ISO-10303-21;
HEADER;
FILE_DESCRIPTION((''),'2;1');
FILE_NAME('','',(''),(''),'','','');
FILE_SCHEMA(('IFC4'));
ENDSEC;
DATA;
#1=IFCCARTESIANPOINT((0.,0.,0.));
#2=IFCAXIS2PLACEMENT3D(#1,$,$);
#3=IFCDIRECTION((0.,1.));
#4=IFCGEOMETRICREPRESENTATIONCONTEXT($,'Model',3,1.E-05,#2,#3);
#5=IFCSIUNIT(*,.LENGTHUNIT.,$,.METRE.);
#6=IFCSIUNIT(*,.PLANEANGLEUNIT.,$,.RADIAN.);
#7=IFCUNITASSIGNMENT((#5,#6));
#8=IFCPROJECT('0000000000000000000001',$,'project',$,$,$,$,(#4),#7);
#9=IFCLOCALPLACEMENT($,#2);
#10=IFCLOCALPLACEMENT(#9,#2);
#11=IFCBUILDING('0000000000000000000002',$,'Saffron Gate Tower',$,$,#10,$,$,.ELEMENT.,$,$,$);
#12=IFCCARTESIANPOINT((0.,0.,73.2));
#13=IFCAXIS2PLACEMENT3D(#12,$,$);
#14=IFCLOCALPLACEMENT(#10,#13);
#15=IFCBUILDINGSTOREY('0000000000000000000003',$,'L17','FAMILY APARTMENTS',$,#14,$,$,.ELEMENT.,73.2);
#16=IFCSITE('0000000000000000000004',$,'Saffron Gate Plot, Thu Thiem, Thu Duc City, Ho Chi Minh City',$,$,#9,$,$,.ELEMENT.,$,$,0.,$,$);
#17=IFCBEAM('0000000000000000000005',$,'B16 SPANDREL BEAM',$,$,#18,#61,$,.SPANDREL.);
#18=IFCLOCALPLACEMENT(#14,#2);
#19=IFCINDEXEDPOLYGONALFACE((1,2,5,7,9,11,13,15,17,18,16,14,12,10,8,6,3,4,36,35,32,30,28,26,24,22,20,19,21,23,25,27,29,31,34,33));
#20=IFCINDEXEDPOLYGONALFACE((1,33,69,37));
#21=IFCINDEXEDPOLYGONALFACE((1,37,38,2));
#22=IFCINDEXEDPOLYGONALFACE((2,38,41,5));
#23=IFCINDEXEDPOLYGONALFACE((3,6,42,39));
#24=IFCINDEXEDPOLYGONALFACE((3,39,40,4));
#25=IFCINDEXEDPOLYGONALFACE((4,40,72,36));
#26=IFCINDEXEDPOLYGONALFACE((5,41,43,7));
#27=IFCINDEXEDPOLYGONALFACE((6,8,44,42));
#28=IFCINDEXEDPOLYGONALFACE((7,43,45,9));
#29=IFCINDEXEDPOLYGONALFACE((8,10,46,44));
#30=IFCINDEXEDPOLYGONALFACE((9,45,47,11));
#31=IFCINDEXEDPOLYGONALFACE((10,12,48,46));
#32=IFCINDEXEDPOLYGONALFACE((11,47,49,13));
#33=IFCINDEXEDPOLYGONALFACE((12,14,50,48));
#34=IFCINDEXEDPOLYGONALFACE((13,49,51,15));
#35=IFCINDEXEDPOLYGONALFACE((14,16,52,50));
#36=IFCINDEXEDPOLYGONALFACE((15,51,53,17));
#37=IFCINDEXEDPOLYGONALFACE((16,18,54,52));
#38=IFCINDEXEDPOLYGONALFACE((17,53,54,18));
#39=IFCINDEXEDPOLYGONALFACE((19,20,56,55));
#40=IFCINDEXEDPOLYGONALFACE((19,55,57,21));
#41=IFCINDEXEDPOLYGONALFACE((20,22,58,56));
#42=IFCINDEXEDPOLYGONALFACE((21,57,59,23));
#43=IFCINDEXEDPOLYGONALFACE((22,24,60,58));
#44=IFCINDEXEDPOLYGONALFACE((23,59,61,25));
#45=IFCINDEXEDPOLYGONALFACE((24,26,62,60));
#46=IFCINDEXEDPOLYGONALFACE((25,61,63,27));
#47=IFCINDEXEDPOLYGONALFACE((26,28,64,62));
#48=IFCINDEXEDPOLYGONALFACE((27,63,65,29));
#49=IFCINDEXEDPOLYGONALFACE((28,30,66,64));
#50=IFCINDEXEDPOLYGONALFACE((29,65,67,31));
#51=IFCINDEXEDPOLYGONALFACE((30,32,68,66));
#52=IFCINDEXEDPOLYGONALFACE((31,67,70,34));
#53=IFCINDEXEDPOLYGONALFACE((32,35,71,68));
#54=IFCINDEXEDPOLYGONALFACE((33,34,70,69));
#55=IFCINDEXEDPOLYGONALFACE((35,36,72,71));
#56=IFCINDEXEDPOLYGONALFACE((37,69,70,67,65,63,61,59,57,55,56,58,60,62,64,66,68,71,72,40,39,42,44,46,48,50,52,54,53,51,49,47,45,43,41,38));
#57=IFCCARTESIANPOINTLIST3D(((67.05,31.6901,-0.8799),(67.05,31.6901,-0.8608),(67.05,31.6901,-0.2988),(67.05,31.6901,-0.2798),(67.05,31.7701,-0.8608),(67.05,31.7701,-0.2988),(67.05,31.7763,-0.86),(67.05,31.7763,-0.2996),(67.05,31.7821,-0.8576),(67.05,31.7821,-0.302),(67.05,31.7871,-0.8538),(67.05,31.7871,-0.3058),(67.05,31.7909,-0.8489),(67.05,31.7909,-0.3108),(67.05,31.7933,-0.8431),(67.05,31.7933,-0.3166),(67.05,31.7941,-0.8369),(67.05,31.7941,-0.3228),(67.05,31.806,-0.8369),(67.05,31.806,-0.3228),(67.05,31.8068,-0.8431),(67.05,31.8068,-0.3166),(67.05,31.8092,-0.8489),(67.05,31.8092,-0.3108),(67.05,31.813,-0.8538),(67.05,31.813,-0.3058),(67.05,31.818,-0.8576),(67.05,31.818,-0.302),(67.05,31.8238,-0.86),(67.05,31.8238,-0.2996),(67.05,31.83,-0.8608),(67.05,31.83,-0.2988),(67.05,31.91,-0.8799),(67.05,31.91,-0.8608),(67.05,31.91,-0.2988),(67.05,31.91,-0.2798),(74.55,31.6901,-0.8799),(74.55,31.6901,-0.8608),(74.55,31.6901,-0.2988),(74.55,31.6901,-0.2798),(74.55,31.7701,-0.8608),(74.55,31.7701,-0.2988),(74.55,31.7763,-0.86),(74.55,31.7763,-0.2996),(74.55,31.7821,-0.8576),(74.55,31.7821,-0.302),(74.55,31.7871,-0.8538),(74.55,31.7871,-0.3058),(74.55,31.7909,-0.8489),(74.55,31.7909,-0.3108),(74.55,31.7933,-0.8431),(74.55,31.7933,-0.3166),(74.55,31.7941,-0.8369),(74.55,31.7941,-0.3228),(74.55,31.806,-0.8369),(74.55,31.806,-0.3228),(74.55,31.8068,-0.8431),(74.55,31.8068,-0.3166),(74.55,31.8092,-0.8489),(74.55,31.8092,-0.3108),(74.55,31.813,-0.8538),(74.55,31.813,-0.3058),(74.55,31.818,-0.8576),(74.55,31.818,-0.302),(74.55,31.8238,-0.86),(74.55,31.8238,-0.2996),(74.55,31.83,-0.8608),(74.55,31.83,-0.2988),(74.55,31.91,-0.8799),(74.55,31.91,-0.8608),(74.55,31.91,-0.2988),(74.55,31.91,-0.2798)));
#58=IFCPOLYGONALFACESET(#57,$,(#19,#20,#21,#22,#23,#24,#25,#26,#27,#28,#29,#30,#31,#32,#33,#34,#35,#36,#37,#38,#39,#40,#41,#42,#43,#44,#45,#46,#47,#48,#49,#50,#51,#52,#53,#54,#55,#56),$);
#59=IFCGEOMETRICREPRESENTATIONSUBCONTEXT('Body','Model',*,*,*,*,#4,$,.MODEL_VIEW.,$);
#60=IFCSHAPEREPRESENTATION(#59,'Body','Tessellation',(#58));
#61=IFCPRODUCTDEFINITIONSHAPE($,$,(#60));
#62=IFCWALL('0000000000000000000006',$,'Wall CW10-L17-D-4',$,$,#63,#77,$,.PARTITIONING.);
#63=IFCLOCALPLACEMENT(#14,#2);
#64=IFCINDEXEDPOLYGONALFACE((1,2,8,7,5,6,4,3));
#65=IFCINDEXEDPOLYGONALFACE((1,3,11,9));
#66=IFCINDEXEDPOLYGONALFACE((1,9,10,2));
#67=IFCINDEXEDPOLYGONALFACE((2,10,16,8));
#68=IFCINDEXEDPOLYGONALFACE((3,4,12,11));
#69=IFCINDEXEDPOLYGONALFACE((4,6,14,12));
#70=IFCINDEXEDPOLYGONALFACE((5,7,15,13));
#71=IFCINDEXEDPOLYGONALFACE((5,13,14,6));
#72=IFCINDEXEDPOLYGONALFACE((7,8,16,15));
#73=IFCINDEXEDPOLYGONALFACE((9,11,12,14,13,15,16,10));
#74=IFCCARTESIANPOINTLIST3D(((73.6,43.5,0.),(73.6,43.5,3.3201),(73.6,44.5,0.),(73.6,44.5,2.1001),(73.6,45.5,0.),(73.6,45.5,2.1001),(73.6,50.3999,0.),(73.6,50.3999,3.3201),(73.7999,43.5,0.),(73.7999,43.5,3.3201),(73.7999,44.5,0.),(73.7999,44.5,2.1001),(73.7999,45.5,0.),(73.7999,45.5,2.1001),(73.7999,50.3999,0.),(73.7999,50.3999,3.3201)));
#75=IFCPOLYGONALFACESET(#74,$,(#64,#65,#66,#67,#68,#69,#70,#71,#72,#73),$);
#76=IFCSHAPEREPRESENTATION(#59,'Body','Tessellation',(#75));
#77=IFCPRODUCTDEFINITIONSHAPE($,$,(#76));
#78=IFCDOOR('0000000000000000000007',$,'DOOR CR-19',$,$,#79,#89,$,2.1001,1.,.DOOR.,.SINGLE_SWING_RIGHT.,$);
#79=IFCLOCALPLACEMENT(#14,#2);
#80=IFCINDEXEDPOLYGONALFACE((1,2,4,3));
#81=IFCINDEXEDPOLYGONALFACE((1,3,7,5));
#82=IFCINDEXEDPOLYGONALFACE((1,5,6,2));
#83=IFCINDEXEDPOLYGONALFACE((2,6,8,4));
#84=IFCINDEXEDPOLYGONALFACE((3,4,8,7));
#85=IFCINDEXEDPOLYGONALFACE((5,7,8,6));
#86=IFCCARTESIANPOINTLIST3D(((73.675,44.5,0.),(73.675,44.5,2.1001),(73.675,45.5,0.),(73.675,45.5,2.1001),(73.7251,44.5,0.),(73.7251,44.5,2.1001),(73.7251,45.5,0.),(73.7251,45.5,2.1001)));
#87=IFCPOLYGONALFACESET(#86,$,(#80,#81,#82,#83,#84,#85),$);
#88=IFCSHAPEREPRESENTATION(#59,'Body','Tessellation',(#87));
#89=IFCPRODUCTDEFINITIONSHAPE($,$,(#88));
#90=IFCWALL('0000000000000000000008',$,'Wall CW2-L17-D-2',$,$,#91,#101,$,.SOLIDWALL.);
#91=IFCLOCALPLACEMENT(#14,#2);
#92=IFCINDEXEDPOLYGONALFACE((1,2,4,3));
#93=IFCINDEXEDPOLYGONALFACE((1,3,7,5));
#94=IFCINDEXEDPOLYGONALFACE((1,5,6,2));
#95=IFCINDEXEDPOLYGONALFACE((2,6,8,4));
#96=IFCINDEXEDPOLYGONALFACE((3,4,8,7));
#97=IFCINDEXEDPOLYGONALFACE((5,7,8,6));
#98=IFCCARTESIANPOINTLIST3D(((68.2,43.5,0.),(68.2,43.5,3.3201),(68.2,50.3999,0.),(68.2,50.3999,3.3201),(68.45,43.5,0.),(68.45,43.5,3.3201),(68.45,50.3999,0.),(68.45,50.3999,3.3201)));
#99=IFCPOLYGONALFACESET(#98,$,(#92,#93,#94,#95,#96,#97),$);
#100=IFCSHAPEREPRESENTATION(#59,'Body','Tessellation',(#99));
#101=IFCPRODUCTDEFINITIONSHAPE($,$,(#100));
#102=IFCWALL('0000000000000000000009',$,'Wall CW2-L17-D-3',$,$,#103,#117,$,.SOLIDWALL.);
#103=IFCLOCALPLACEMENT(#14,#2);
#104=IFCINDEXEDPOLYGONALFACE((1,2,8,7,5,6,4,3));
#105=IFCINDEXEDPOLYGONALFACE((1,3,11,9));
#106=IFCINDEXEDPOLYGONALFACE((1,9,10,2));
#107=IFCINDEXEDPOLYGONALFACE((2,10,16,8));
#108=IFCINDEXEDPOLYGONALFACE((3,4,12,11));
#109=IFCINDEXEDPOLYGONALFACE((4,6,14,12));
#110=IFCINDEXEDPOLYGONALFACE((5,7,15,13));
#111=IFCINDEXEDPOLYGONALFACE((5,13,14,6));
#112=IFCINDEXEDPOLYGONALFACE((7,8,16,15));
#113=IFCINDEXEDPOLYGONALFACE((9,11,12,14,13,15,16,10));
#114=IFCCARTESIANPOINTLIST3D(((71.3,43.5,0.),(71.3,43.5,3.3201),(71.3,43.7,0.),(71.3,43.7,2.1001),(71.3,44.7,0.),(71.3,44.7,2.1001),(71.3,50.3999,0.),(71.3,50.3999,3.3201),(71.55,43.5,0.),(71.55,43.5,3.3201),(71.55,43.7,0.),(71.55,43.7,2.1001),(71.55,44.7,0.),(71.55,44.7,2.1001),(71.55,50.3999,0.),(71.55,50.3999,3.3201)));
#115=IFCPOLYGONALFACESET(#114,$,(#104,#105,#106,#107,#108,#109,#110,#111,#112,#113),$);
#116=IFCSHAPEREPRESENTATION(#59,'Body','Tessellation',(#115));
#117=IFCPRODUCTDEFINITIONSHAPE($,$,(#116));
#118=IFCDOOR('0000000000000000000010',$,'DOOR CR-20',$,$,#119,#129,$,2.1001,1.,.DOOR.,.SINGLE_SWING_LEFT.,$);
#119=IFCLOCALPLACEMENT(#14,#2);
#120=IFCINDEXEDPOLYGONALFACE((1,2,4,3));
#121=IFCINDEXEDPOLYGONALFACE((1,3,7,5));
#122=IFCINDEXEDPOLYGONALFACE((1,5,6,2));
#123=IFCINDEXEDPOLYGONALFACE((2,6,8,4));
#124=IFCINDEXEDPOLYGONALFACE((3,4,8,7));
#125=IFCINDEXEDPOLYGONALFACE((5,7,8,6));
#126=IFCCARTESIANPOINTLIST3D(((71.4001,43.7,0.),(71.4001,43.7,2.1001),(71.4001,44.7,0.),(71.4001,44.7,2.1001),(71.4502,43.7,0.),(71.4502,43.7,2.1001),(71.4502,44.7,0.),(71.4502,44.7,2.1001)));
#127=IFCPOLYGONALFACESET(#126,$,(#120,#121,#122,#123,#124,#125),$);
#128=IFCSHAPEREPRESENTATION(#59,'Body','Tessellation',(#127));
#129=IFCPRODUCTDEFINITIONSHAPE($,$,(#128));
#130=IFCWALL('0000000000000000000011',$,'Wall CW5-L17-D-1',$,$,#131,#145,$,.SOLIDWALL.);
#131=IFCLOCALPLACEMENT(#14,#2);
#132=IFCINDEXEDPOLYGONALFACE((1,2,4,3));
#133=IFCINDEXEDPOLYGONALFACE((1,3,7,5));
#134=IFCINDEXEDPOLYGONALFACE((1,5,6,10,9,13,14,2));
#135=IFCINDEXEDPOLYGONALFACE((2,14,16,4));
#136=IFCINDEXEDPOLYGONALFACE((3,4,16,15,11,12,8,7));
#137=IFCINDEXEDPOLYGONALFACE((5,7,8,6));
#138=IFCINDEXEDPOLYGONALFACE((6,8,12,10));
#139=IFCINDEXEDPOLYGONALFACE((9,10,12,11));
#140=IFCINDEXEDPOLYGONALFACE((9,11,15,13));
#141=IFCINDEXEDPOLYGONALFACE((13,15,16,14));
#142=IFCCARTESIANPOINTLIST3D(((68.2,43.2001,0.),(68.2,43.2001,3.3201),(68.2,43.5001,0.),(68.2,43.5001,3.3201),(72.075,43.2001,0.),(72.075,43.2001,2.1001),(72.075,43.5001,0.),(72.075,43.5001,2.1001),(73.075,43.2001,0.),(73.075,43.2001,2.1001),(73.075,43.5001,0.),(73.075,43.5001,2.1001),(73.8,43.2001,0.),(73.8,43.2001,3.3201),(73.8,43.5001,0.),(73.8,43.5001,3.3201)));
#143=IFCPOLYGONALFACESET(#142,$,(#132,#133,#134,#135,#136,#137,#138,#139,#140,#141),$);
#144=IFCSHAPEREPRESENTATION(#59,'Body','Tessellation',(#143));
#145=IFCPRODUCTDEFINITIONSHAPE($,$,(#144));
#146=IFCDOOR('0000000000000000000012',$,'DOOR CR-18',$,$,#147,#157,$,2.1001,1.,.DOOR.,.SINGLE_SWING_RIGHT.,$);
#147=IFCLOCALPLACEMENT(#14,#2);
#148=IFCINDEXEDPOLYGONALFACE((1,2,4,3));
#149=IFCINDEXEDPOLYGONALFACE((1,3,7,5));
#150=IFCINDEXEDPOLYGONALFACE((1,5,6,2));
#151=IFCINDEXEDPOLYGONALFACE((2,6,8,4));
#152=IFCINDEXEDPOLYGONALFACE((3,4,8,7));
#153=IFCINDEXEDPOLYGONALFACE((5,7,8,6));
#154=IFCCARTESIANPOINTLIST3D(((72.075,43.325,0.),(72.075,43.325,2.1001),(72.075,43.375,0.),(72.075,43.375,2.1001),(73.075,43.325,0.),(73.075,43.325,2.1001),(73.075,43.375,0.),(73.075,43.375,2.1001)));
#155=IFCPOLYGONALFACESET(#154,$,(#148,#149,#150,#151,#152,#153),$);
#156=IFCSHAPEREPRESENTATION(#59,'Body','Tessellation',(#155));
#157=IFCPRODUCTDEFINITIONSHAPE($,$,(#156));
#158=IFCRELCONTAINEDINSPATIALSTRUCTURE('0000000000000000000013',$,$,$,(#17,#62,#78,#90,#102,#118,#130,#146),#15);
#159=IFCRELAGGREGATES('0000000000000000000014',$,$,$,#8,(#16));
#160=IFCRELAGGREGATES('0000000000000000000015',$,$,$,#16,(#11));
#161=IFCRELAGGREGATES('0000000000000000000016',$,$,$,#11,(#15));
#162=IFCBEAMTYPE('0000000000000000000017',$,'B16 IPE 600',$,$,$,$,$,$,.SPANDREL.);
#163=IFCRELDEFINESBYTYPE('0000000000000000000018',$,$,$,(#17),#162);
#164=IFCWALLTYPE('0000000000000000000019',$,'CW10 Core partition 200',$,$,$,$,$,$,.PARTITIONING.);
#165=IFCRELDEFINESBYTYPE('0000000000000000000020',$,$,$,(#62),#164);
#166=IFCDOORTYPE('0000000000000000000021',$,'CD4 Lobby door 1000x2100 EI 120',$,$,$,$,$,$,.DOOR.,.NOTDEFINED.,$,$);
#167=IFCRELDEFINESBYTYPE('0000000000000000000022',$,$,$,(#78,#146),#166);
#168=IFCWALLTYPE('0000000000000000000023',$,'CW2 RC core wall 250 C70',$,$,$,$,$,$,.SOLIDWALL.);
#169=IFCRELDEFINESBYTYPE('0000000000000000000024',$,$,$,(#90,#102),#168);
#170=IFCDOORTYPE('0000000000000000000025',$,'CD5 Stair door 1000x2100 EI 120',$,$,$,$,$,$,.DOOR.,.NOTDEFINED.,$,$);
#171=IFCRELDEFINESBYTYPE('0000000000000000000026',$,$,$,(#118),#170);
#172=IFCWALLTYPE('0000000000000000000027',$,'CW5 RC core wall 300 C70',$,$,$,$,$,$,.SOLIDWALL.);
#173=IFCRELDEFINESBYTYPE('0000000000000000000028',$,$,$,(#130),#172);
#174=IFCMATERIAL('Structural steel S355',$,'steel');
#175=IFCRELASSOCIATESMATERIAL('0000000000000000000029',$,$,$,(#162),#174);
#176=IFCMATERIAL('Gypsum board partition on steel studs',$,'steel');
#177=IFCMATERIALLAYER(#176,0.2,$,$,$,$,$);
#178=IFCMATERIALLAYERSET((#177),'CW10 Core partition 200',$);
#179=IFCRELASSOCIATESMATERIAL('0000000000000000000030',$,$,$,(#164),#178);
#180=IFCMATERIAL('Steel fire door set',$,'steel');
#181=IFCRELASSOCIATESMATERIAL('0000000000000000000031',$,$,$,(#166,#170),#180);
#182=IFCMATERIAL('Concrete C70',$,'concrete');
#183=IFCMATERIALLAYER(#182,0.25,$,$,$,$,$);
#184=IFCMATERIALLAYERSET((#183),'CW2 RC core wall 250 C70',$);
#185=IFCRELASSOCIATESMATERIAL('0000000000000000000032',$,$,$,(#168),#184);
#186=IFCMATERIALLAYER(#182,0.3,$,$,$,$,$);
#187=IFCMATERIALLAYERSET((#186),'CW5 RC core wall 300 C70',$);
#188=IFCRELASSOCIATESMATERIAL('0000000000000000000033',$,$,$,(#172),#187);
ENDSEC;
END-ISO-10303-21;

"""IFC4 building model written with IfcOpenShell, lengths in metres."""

from ifc_helpers import new_model, si_unit, direction, frame, frame_2d, origin, origin_2d, place, context, subcontext, project, spatial, rectangle, i_section, extrude, material, layer, layer_set, material_profile, profile_set, type_object, element, fill, save


model = new_model("IFC4")

# Units and contexts
model_context = context("Model", 3, precision=1e-05, world=origin(), true_north=direction((0.0, 1.0)))
body_context = subcontext(model_context, "Body", "Model", "MODEL_VIEW")
ifc_project = project(units=[si_unit("LENGTHUNIT", "METRE"), si_unit("PLANEANGLEUNIT", "RADIAN")], contexts=[model_context])

# Site, building, storey
site_placement = place(None, origin())
site = spatial("IfcSite", under=ifc_project, at=site_placement, Name="Saffron Gate Plot, Thu Thiem, Thu Duc City, Ho Chi Minh City", CompositionType="ELEMENT", RefElevation=0.0)
building_placement = place(site_placement, origin())
building = spatial("IfcBuilding", under=site, at=building_placement, Name="Saffron Gate Tower", CompositionType="ELEMENT")
storey_placement = place(building_placement, frame((0.0, 0.0, 73.2)))
storey = spatial("IfcBuildingStorey", under=building, at=storey_placement, Name="L17", Description="FAMILY APARTMENTS", CompositionType="ELEMENT", Elevation=73.2)

# Beam
ifc_material_1 = material(Name="Structural steel S355", Category="steel")
ifc_material_profile = material_profile(ifc_material_1, i_section(OverallWidth=0.22, OverallDepth=0.6001, WebThickness=0.012, FlangeThickness=0.019, FilletRadius=0.0239, at=origin_2d()))
ifc_profile_set = profile_set([ifc_material_profile], Name="Structural steel S355")
beam_type = type_object("IfcBeamType", Name="B16 IPE 600", PredefinedType="SPANDREL", material=ifc_profile_set)
beam_placement = place(storey_placement, frame((67.05, 31.8, -0.5798), z_axis=(1.0, 0.0, 0.0), x_axis=(0.0, 1.0, 0.0)))
element("IfcBeam", 1, at=beam_placement, inside=storey, type_object=beam_type, Name="B16 SPANDREL BEAM", PredefinedType="SPANDREL", context=body_context, shape_type="SweptSolid", body=[
    extrude(i_section(OverallWidth=0.22, OverallDepth=0.6001, WebThickness=0.012, FlangeThickness=0.019, FilletRadius=0.0239, at=origin_2d()), origin(), (0.0, 0.0, 1.0), 7.5),
])

# Wall, opening, door
ifc_material_2 = material(Name="Gypsum board partition on steel studs", Category="steel")
ifc_layer_1 = layer(ifc_material_2, 0.2)
ifc_layer_set_1 = layer_set([ifc_layer_1], Name="CW10 Core partition 200")
wall_type_1 = type_object("IfcWallType", Name="CW10 Core partition 200", PredefinedType="PARTITIONING", material=ifc_layer_set_1)
wall_1_placement = place(storey_placement, frame((73.7, 43.5, 0.0), z_axis=(0.0, 0.0, 1.0), x_axis=(0.0, 1.0, 0.0)))
wall_1 = element("IfcWall", 2, at=wall_1_placement, inside=storey, type_object=wall_type_1, Name="Wall CW10-L17-D-4", PredefinedType="PARTITIONING", context=body_context, shape_type="SweptSolid", body=[
    extrude(rectangle(XDim=6.8999, YDim=0.2, at=frame_2d((3.45, 0.0))), origin(), (0.0, 0.0, 1.0), 3.3201),
])
opening_1_placement = place(wall_1_placement, frame((1.0, 0.0, 0.0)))
opening_1 = element("IfcOpeningElement", 3, at=opening_1_placement, cuts=wall_1, PredefinedType="OPENING", context=body_context, shape_type="SweptSolid", body=[
    extrude(rectangle(XDim=1.0, YDim=2.1001, at=frame_2d((0.5, 1.05))), frame((0.0, 0.1099, 0.0), z_axis=(0.0, -1.0, 0.0), x_axis=(1.0, 0.0, 0.0)), (0.0, 0.0, 1.0), 0.22),
])
ifc_material_3 = material(Name="Steel fire door set", Category="steel")
door_type_1 = type_object("IfcDoorType", Name="CD4 Lobby door 1000x2100 EI 120", OperationType="NOTDEFINED", PredefinedType="DOOR", material=ifc_material_3)
door_1_placement = place(opening_1_placement, origin())
door_1 = element("IfcDoor", 4, at=door_1_placement, inside=storey, type_object=door_type_1, Name="DOOR CR-19", OperationType="SINGLE_SWING_RIGHT", OverallHeight=2.1001, OverallWidth=1.0, PredefinedType="DOOR", context=body_context, shape_type="SweptSolid", body=[
    extrude(rectangle(XDim=1.0, YDim=2.1001, at=frame_2d((0.5, 1.05))), frame((0.0, 0.0249, 0.0), z_axis=(0.0, -1.0, 0.0), x_axis=(1.0, 0.0, 0.0)), (0.0, 0.0, 1.0), 0.05),
])
fill(opening_1, door_1)

# Wall
ifc_material_4 = material(Name="Concrete C70", Category="concrete")
ifc_layer_2 = layer(ifc_material_4, 0.25)
ifc_layer_set_2 = layer_set([ifc_layer_2], Name="CW2 RC core wall 250 C70")
wall_type_2 = type_object("IfcWallType", Name="CW2 RC core wall 250 C70", PredefinedType="SOLIDWALL", material=ifc_layer_set_2)
wall_2_placement = place(storey_placement, frame((68.325, 43.5, 0.0), z_axis=(0.0, 0.0, 1.0), x_axis=(0.0, 1.0, 0.0)))
element("IfcWall", 5, at=wall_2_placement, inside=storey, type_object=wall_type_2, Name="Wall CW2-L17-D-2", PredefinedType="SOLIDWALL", context=body_context, shape_type="SweptSolid", body=[
    extrude(rectangle(XDim=6.8999, YDim=0.25, at=frame_2d((3.45, 0.0))), origin(), (0.0, 0.0, 1.0), 3.3201),
])

# Walls, openings, doors
wall_3_placement = place(storey_placement, frame((71.425, 43.5, 0.0), z_axis=(0.0, 0.0, 1.0), x_axis=(0.0, 1.0, 0.0)))
wall_3 = element("IfcWall", 6, at=wall_3_placement, inside=storey, type_object=wall_type_2, Name="Wall CW2-L17-D-3", PredefinedType="SOLIDWALL", context=body_context, shape_type="SweptSolid", body=[
    extrude(rectangle(XDim=6.8999, YDim=0.25, at=frame_2d((3.45, 0.0))), origin(), (0.0, 0.0, 1.0), 3.3201),
])
opening_2_placement = place(wall_3_placement, frame((0.2, 0.0, 0.0)))
opening_2 = element("IfcOpeningElement", 7, at=opening_2_placement, cuts=wall_3, PredefinedType="OPENING", context=body_context, shape_type="SweptSolid", body=[
    extrude(rectangle(XDim=1.0, YDim=2.1001, at=frame_2d((0.5, 1.05))), frame((0.0, 0.135, 0.0), z_axis=(0.0, -1.0, 0.0), x_axis=(1.0, 0.0, 0.0)), (0.0, 0.0, 1.0), 0.27),
])
door_type_2 = type_object("IfcDoorType", Name="CD5 Stair door 1000x2100 EI 120", OperationType="NOTDEFINED", PredefinedType="DOOR", material=ifc_material_3)
door_2_placement = place(opening_2_placement, origin())
door_2 = element("IfcDoor", 8, at=door_2_placement, inside=storey, type_object=door_type_2, Name="DOOR CR-20", OperationType="SINGLE_SWING_LEFT", OverallHeight=2.1001, OverallWidth=1.0, PredefinedType="DOOR", context=body_context, shape_type="SweptSolid", body=[
    extrude(rectangle(XDim=1.0, YDim=2.1001, at=frame_2d((0.5, 1.05))), frame((0.0, 0.0249, 0.0), z_axis=(0.0, -1.0, 0.0), x_axis=(1.0, 0.0, 0.0)), (0.0, 0.0, 1.0), 0.05),
])
fill(opening_2, door_2)
ifc_layer_3 = layer(ifc_material_4, 0.3)
ifc_layer_set_3 = layer_set([ifc_layer_3], Name="CW5 RC core wall 300 C70")
wall_type_3 = type_object("IfcWallType", Name="CW5 RC core wall 300 C70", PredefinedType="SOLIDWALL", material=ifc_layer_set_3)
wall_4_placement = place(storey_placement, frame((68.2, 43.3501, 0.0), z_axis=(0.0, 0.0, 1.0), x_axis=(1.0, 0.0, 0.0)))
wall_4 = element("IfcWall", 9, at=wall_4_placement, inside=storey, type_object=wall_type_3, Name="Wall CW5-L17-D-1", PredefinedType="SOLIDWALL", context=body_context, shape_type="SweptSolid", body=[
    extrude(rectangle(XDim=5.6001, YDim=0.3, at=frame_2d((2.8, 0.0))), origin(), (0.0, 0.0, 1.0), 3.3201),
])
opening_3_placement = place(wall_4_placement, frame((3.875, 0.0, 0.0)))
opening_3 = element("IfcOpeningElement", 10, at=opening_3_placement, cuts=wall_4, PredefinedType="OPENING", context=body_context, shape_type="SweptSolid", body=[
    extrude(rectangle(XDim=1.0, YDim=2.1001, at=frame_2d((0.5, 1.05))), frame((0.0, 0.1602, 0.0), z_axis=(0.0, -1.0, 0.0), x_axis=(1.0, 0.0, 0.0)), (0.0, 0.0, 1.0), 0.3201),
])
door_3_placement = place(opening_3_placement, origin())
door_3 = element("IfcDoor", 11, at=door_3_placement, inside=storey, type_object=door_type_1, Name="DOOR CR-18", OperationType="SINGLE_SWING_RIGHT", OverallHeight=2.1001, OverallWidth=1.0, PredefinedType="DOOR", context=body_context, shape_type="SweptSolid", body=[
    extrude(rectangle(XDim=1.0, YDim=2.1001, at=frame_2d((0.5, 1.05))), frame((0.0, 0.0249, 0.0), z_axis=(0.0, -1.0, 0.0), x_axis=(1.0, 0.0, 0.0)), (0.0, 0.0, 1.0), 0.05),
])
fill(opening_3, door_3)

save(model, "model.ifc")
